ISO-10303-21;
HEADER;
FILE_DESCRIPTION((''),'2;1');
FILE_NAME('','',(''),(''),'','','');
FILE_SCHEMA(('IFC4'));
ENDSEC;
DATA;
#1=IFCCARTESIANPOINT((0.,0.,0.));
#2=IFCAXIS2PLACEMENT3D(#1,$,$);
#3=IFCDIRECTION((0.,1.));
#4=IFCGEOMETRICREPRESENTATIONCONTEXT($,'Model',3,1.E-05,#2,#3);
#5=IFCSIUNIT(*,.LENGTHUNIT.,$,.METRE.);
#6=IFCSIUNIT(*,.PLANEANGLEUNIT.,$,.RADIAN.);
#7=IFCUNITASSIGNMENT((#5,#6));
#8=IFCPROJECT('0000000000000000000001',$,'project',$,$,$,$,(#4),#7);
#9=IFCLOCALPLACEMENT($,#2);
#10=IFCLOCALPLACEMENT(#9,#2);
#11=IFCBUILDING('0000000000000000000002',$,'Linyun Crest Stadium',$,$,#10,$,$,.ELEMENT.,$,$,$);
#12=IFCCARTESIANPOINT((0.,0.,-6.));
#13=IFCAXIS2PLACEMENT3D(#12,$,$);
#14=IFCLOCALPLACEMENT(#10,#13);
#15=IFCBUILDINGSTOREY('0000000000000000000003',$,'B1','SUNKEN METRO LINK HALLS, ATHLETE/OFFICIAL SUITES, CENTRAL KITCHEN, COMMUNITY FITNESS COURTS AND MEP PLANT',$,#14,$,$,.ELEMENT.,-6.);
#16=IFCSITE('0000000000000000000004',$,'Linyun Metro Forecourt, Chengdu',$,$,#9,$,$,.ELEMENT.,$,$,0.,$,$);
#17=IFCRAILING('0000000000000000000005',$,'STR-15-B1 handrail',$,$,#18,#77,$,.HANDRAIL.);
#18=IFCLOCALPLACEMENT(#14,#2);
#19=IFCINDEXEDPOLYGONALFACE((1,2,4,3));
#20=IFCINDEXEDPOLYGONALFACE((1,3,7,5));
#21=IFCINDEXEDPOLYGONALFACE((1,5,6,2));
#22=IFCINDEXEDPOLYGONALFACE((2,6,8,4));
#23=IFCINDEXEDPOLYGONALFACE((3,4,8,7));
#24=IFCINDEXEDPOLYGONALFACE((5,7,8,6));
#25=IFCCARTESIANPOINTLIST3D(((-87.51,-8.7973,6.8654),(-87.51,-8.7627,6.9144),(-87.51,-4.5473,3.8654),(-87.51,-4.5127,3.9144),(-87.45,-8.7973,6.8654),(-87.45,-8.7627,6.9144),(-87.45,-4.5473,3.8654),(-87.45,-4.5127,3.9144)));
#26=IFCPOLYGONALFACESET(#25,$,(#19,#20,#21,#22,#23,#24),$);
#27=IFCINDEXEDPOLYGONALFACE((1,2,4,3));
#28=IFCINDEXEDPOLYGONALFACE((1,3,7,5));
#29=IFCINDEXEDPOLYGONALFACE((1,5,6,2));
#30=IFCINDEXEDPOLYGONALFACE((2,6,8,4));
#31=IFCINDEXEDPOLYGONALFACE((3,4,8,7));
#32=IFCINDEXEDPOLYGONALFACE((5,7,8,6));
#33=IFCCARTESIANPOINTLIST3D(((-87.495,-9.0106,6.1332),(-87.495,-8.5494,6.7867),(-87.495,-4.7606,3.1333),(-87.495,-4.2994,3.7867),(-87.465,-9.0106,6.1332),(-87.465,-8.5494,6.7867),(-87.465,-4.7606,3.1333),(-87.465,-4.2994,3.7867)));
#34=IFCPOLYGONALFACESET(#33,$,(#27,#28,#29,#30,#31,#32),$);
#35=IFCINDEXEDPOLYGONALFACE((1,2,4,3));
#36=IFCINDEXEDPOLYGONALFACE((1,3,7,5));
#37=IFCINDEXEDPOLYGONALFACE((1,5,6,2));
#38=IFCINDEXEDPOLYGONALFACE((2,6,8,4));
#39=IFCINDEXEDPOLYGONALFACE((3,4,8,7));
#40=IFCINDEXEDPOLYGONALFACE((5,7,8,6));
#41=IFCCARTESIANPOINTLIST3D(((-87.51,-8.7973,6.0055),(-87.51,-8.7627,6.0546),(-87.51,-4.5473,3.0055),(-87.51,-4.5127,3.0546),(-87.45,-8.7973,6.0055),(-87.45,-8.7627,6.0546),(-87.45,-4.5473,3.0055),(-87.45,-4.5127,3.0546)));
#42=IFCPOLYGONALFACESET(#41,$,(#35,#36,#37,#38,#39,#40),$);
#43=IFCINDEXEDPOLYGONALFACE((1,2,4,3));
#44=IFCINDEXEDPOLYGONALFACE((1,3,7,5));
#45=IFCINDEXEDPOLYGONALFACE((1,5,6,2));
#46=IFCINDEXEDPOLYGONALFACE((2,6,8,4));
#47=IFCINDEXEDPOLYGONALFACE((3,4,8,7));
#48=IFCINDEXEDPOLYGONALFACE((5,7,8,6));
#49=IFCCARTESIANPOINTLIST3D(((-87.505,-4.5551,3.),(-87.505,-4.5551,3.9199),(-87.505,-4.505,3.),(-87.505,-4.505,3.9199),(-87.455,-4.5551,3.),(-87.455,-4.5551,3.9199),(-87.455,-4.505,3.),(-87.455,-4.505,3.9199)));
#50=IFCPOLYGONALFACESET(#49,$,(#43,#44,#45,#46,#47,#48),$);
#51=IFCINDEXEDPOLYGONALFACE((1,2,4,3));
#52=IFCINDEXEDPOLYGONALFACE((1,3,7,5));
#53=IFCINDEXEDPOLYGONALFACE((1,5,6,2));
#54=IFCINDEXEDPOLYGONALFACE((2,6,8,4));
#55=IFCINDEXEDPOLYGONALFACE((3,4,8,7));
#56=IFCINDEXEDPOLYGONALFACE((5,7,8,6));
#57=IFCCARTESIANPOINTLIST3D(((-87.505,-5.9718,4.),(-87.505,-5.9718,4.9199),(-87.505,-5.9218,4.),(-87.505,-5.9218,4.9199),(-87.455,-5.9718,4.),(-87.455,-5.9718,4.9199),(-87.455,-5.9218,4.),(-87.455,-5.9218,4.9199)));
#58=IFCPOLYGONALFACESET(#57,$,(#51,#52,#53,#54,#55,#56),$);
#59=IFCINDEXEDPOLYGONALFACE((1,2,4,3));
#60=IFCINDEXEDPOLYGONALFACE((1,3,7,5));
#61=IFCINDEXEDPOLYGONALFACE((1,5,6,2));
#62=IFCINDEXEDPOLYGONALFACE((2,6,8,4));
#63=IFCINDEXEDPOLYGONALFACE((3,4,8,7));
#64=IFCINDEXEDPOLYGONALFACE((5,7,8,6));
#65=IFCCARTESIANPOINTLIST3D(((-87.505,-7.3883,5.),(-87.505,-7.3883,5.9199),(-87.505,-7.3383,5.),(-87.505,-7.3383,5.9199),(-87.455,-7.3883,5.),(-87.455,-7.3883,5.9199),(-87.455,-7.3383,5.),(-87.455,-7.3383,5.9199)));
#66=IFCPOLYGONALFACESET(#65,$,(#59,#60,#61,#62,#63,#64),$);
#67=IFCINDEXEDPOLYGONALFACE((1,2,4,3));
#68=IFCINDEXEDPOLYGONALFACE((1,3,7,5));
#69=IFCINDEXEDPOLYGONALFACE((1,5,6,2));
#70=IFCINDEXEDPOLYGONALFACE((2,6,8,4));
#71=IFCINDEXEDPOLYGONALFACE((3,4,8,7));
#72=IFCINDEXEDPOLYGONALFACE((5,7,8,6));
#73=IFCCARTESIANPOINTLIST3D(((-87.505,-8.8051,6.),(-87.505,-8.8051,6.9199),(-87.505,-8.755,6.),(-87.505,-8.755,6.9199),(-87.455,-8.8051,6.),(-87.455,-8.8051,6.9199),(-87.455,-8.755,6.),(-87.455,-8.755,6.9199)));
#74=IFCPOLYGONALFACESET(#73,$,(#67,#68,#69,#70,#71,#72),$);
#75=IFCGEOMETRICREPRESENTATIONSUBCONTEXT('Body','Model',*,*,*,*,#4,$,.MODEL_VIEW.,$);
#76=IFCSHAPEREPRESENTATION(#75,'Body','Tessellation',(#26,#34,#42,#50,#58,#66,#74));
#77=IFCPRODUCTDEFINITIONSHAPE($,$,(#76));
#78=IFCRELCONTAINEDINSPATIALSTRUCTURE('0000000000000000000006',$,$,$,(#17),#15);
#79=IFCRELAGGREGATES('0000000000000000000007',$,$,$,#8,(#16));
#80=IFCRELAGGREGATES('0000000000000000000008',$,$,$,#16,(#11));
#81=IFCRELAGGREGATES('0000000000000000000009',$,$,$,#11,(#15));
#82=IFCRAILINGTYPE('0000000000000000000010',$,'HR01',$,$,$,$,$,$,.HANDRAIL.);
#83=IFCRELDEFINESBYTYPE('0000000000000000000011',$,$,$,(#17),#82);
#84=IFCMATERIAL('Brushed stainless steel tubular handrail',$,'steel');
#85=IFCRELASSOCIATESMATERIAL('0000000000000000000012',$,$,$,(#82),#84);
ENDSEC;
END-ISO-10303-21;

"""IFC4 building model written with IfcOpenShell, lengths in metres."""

from ifc_helpers import new_model, si_unit, direction, frame, origin, origin_2d, place, context, subcontext, project, spatial, rectangle, extrude, material, type_object, element, save


model = new_model("IFC4")

# Units and contexts
model_context = context("Model", 3, precision=1e-05, world=origin(), true_north=direction((0.0, 1.0)))
body_context = subcontext(model_context, "Body", "Model", "MODEL_VIEW")
ifc_project = project(units=[si_unit("LENGTHUNIT", "METRE"), si_unit("PLANEANGLEUNIT", "RADIAN")], contexts=[model_context])

# Site, building, storey
site_placement = place(None, origin())
site = spatial("IfcSite", under=ifc_project, at=site_placement, Name="Linyun Metro Forecourt, Chengdu", CompositionType="ELEMENT", RefElevation=0.0)
building_placement = place(site_placement, origin())
building = spatial("IfcBuilding", under=site, at=building_placement, Name="Linyun Crest Stadium", CompositionType="ELEMENT")
storey_placement = place(building_placement, frame((0.0, 0.0, -6.0)))
storey = spatial("IfcBuildingStorey", under=building, at=storey_placement, Name="B1", Description="SUNKEN METRO LINK HALLS, ATHLETE/OFFICIAL SUITES, CENTRAL KITCHEN, COMMUNITY FITNESS COURTS AND MEP PLANT", CompositionType="ELEMENT", Elevation=-6.0)

# Railing
ifc_material_1 = material(Name="Brushed stainless steel tubular handrail", Category="steel")
railing_type_1 = type_object("IfcRailingType", Name="HR01", PredefinedType="HANDRAIL", material=ifc_material_1)
railing_1_placement = place(storey_placement, frame((-87.48, -4.53, 3.0)))
element("IfcRailing", 1, at=railing_1_placement, inside=storey, type_object=railing_type_1, Name="STR-15-B1 handrail", PredefinedType="HANDRAIL", context=body_context, shape_type="SweptSolid", body=[
    extrude(rectangle(XDim=0.0601, YDim=0.0601, at=origin_2d()), frame((0.0, 0.0, 0.8899), z_axis=(0.0, -0.816968, 0.576683), x_axis=(1.0, 0.0, 0.0)), (0.0, 0.0, 1.0), 5.2021),
    extrude(rectangle(XDim=0.03, YDim=0.7998, at=origin_2d()), frame((0.0, 0.0, 0.46), z_axis=(0.0, -0.816968, 0.576683), x_axis=(1.0, 0.0, 0.0)), (0.0, 0.0, 1.0), 5.2021),
    extrude(rectangle(XDim=0.0601, YDim=0.0601, at=origin_2d()), frame((0.0, 0.0, 0.03), z_axis=(0.0, -0.816968, 0.576683), x_axis=(1.0, 0.0, 0.0)), (0.0, 0.0, 1.0), 5.2021),
    extrude(rectangle(XDim=0.05, YDim=0.05, at=origin_2d()), origin(), (0.0, 0.0, 1.0), 0.9199),
    extrude(rectangle(XDim=0.05, YDim=0.05, at=origin_2d()), frame((0.0, -1.4167, 1.0)), (0.0, 0.0, 1.0), 0.9199),
    extrude(rectangle(XDim=0.05, YDim=0.05, at=origin_2d()), frame((0.0, -2.8333, 2.0)), (0.0, 0.0, 1.0), 0.9199),
    extrude(rectangle(XDim=0.05, YDim=0.05, at=origin_2d()), frame((0.0, -4.25, 3.0)), (0.0, 0.0, 1.0), 0.9199),
])

save(model, "model.ifc")
